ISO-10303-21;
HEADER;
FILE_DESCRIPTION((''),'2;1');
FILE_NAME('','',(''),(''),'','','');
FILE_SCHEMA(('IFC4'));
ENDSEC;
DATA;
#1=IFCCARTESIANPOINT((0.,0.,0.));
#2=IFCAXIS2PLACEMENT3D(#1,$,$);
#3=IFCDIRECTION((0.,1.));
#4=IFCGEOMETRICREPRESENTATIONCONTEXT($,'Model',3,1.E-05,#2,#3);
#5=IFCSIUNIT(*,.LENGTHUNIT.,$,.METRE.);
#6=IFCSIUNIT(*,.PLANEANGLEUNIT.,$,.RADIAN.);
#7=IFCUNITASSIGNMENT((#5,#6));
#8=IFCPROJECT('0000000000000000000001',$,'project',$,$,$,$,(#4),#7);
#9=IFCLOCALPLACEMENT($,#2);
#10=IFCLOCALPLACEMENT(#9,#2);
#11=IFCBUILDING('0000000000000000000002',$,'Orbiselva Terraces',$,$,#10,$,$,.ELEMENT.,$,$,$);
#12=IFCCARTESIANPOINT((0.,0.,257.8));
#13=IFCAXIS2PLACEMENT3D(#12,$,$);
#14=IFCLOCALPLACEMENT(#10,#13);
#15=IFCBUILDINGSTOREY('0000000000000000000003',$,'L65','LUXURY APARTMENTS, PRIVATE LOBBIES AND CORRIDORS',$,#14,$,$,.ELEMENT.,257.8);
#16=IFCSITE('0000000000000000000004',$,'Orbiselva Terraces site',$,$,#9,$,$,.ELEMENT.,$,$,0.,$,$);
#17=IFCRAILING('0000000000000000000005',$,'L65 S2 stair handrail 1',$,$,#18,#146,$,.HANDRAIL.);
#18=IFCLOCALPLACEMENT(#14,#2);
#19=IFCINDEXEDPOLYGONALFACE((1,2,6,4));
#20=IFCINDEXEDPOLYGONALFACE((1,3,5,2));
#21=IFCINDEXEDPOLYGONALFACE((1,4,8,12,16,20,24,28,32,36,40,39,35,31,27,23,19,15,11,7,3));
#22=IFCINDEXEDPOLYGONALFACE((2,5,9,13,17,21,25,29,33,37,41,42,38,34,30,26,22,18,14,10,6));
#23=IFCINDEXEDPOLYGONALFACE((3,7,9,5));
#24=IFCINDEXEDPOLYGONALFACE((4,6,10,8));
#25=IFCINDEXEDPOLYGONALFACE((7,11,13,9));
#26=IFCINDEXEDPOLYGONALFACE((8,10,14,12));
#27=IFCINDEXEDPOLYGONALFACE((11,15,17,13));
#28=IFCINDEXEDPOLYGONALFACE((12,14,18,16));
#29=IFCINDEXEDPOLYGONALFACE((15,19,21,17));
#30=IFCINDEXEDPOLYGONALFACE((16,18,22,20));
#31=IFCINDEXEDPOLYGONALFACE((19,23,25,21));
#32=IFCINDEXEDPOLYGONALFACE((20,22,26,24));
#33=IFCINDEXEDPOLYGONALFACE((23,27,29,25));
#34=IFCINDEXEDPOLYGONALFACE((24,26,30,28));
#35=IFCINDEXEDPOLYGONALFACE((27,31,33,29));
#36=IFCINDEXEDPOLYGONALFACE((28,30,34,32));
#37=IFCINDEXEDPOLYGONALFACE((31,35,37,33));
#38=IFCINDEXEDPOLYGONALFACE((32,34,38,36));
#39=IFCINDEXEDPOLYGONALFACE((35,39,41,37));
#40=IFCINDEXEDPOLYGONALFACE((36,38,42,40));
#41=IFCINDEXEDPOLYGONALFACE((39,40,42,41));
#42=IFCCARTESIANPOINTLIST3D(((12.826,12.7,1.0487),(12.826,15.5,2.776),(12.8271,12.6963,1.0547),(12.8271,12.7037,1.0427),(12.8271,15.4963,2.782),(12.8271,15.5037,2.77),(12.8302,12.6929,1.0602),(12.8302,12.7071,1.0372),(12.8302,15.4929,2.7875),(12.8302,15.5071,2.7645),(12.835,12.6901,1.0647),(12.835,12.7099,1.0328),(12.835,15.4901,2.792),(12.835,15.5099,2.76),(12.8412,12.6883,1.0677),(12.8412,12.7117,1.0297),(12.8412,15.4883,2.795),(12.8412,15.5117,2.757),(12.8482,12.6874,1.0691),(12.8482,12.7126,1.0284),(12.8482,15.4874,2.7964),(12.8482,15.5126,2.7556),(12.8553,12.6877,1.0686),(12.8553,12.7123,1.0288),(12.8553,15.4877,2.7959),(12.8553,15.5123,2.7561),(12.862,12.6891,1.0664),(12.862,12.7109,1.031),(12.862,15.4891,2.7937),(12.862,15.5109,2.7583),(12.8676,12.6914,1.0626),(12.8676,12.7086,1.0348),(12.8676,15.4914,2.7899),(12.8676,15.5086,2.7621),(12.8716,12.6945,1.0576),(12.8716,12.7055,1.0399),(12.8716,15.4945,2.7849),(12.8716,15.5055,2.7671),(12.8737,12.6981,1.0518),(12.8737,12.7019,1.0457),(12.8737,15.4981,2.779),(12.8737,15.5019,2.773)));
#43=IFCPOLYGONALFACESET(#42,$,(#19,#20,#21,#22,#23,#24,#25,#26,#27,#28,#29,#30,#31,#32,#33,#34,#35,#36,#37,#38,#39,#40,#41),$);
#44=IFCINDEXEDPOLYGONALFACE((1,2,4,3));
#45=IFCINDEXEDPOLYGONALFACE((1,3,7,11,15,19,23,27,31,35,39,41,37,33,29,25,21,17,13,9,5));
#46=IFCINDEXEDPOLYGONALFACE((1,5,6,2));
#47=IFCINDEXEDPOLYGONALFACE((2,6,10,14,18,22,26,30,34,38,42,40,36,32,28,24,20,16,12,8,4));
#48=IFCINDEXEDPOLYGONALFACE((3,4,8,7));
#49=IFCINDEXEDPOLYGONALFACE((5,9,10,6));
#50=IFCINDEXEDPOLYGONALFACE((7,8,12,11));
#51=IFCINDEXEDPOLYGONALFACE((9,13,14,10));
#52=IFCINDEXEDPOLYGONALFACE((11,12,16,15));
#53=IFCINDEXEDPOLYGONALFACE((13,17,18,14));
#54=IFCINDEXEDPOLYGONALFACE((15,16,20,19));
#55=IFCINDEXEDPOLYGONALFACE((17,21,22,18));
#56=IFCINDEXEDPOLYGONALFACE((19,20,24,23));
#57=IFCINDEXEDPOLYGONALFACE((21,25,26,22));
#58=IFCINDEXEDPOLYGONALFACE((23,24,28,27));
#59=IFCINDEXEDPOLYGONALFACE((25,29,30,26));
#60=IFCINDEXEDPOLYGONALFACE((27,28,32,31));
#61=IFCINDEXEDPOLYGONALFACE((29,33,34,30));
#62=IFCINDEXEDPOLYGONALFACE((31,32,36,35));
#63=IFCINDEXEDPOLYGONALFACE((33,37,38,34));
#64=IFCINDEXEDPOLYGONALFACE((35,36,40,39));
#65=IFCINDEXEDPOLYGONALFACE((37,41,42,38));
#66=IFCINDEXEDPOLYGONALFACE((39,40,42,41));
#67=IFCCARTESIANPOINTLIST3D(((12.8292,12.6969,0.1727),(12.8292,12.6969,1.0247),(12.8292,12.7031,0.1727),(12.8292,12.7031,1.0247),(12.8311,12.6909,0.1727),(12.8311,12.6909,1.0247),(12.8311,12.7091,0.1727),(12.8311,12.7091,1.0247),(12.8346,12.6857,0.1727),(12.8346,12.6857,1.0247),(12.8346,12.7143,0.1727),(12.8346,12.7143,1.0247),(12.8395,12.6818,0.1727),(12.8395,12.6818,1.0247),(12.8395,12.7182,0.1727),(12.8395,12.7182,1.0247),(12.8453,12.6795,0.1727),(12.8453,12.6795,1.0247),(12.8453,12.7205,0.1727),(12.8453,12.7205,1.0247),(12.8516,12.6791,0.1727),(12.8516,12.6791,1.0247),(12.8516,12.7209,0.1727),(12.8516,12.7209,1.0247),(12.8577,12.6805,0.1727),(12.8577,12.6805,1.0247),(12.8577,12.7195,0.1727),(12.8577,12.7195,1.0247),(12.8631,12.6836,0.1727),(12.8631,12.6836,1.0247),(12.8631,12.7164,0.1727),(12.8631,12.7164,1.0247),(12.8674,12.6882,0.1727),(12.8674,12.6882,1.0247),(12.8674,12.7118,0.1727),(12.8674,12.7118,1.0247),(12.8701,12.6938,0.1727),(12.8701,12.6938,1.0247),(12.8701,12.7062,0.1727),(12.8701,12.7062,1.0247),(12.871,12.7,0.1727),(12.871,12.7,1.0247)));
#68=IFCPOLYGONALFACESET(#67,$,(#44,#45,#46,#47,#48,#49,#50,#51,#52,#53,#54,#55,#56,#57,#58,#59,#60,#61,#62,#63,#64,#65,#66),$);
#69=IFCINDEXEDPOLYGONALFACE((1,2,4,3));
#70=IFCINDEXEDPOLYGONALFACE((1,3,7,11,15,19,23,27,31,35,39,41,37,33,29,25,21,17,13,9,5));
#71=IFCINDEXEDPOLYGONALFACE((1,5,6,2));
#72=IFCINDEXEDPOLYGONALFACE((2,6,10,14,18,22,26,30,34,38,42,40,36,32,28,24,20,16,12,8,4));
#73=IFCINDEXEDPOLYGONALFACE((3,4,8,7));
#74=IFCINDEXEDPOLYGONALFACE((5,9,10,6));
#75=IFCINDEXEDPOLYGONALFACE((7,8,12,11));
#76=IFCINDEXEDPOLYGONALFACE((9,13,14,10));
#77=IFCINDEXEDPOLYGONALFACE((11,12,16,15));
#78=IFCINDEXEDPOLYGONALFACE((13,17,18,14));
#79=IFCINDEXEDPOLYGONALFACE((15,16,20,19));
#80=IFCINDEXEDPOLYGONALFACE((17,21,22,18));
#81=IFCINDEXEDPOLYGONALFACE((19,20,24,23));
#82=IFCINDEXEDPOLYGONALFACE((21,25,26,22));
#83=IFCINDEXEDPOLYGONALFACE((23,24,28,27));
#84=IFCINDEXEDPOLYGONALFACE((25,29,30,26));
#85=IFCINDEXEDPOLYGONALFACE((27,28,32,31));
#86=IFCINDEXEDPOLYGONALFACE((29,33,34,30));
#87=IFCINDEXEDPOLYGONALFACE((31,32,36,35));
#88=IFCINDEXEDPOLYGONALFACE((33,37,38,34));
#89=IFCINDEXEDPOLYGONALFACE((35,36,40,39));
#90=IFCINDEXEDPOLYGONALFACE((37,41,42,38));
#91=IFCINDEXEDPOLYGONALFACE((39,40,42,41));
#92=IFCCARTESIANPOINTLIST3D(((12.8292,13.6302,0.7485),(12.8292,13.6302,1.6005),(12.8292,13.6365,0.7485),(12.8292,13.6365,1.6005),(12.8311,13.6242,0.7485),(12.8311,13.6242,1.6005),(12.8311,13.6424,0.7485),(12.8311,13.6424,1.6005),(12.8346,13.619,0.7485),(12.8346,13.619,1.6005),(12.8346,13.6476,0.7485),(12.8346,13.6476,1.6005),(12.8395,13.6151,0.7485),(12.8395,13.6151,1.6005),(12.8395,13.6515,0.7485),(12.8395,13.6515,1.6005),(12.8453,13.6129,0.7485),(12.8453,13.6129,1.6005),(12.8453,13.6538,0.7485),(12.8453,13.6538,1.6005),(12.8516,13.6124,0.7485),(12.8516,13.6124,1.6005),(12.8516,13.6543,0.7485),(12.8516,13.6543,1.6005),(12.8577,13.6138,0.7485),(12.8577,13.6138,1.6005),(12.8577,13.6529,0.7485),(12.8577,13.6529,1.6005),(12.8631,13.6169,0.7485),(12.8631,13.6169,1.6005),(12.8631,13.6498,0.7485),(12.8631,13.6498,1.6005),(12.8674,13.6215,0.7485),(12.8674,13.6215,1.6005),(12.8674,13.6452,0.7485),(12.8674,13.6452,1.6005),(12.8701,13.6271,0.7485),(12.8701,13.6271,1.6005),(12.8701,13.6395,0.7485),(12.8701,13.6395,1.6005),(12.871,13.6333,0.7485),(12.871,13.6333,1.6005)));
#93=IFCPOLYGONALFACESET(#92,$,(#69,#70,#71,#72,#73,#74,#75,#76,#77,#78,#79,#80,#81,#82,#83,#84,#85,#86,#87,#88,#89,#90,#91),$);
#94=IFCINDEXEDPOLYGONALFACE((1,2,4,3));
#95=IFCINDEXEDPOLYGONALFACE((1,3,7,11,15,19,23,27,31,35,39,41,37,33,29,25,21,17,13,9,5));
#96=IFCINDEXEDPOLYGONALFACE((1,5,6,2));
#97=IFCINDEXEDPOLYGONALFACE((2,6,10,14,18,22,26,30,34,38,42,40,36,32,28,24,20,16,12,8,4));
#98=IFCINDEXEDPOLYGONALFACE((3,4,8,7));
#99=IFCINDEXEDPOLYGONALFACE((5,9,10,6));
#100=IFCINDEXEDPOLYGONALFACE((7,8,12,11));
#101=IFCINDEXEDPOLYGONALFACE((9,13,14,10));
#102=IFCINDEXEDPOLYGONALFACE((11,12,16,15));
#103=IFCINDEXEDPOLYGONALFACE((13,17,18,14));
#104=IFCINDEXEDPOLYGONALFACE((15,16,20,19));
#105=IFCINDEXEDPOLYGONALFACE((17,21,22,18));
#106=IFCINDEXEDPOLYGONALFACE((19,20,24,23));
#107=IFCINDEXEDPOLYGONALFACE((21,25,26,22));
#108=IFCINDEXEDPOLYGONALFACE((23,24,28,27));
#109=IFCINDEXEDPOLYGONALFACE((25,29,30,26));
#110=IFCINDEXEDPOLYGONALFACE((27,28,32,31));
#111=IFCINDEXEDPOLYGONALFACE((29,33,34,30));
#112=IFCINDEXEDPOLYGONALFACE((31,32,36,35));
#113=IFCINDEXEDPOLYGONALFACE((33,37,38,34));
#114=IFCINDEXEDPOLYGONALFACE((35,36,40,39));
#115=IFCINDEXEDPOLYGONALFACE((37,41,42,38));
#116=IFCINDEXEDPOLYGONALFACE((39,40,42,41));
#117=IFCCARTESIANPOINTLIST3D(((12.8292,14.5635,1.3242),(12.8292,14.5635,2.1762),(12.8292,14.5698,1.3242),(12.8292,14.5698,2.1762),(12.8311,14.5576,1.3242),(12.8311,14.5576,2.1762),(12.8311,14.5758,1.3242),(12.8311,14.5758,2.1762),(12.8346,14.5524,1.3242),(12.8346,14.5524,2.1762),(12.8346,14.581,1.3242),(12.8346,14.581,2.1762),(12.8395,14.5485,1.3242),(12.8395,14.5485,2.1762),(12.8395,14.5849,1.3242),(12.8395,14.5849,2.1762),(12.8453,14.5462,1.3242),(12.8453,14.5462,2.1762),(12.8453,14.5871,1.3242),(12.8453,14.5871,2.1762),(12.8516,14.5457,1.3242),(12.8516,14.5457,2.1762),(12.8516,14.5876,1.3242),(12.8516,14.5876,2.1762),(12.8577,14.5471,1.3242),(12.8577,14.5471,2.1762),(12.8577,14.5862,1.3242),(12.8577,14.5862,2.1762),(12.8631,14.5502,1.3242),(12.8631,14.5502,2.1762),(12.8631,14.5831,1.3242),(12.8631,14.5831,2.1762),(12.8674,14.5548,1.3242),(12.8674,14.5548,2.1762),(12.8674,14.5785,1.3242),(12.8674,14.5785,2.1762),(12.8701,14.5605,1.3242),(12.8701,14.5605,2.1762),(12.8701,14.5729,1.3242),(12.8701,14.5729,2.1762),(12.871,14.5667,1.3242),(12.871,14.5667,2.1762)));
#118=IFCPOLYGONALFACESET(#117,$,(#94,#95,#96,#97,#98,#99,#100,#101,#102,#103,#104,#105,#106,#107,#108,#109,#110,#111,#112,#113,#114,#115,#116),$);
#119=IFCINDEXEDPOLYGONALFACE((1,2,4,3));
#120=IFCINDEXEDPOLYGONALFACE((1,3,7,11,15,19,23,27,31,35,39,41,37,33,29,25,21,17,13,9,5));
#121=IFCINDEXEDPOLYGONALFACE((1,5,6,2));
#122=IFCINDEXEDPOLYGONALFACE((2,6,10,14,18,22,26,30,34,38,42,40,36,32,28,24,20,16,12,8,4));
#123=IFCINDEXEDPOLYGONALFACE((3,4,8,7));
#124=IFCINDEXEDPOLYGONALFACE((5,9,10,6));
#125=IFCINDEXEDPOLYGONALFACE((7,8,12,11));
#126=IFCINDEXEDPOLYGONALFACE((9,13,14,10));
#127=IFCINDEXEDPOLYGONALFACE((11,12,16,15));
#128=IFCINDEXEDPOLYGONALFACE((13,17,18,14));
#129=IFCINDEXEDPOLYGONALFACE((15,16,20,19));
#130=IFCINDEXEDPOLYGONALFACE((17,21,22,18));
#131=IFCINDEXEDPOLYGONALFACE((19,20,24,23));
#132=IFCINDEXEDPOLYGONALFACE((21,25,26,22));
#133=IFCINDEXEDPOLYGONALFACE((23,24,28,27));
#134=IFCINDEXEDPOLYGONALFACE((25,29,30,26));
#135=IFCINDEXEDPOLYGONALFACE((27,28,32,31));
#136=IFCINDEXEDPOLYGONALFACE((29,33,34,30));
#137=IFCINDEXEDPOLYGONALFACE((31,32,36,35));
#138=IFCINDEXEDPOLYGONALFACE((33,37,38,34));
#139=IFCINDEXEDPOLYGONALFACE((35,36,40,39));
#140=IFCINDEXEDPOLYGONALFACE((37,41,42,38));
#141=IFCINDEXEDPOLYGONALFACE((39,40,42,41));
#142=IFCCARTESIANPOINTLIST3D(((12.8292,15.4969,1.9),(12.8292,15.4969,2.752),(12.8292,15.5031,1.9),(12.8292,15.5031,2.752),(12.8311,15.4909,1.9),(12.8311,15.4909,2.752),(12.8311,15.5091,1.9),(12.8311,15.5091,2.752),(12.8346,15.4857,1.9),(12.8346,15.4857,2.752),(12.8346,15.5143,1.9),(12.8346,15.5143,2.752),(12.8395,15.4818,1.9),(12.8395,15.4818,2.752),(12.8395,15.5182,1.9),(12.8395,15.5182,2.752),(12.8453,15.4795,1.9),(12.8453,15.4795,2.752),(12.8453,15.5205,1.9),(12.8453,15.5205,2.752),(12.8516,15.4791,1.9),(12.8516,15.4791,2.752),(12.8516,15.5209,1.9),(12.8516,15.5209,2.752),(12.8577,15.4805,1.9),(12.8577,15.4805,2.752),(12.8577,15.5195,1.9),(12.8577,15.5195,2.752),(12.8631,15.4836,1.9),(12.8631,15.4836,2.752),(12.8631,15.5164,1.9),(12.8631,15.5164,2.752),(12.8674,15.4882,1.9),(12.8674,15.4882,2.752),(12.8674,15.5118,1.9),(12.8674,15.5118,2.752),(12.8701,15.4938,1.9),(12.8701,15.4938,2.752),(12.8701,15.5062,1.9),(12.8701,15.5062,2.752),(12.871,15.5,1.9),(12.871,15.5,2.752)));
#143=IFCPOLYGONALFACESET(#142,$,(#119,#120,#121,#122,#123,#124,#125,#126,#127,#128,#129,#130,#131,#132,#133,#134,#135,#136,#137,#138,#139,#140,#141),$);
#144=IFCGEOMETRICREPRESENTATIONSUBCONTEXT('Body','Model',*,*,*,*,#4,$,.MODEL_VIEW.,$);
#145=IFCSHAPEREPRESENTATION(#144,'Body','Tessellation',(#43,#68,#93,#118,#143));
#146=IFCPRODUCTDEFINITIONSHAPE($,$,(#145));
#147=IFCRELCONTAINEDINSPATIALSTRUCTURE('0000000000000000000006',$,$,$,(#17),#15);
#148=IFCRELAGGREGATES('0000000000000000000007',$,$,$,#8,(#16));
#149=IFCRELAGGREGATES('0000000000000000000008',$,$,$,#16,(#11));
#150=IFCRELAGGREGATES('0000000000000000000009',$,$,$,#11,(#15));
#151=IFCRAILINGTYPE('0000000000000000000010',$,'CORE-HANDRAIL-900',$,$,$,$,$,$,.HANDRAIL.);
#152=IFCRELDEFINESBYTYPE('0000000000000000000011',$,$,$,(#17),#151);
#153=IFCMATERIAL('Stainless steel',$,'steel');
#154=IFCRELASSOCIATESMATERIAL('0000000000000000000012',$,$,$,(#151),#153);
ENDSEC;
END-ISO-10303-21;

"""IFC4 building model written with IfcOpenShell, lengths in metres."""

from ifc_helpers import new_model, si_unit, direction, frame, origin, origin_2d, place, context, subcontext, project, spatial, circle, extrude, material, type_object, element, save


model = new_model("IFC4")

# Units and contexts
model_context = context("Model", 3, precision=1e-05, world=origin(), true_north=direction((0.0, 1.0)))
body_context = subcontext(model_context, "Body", "Model", "MODEL_VIEW")
ifc_project = project(units=[si_unit("LENGTHUNIT", "METRE"), si_unit("PLANEANGLEUNIT", "RADIAN")], contexts=[model_context])

# Site, building, storey
site_placement = place(None, origin())
site = spatial("IfcSite", under=ifc_project, at=site_placement, Name="Orbiselva Terraces site", CompositionType="ELEMENT", RefElevation=0.0)
building_placement = place(site_placement, origin())
building = spatial("IfcBuilding", under=site, at=building_placement, Name="Orbiselva Terraces", CompositionType="ELEMENT")
storey_placement = place(building_placement, frame((0.0, 0.0, 257.8)))
storey = spatial("IfcBuildingStorey", under=building, at=storey_placement, Name="L65", Description="LUXURY APARTMENTS, PRIVATE LOBBIES AND CORRIDORS", CompositionType="ELEMENT", Elevation=257.8)

# Railing
ifc_material_1 = material(Name="Stainless steel", Category="steel")
railing_type = type_object("IfcRailingType", Name="CORE-HANDRAIL-900", PredefinedType="HANDRAIL", material=ifc_material_1)
railing_placement = place(storey_placement, frame((12.85, 12.7, 0.1727)))
element("IfcRailing", 1, at=railing_placement, inside=storey, type_object=railing_type, Name="L65 S2 stair handrail 1", PredefinedType="HANDRAIL", context=body_context, shape_type="SweptSolid", body=[
    extrude(circle(Radius=0.024, at=origin_2d()), frame((0.0, 0.0, 0.876), z_axis=(0.0, 0.851089, 0.525022), x_axis=(-1.0, 0.0, 0.0)), (0.0, 0.0, 1.0), 3.2899),
    extrude(circle(Radius=0.021, at=origin_2d()), origin(), (0.0, 0.0, 1.0), 0.852),
    extrude(circle(Radius=0.021, at=origin_2d()), frame((0.0, 0.9333, 0.5758)), (0.0, 0.0, 1.0), 0.852),
    extrude(circle(Radius=0.021, at=origin_2d()), frame((0.0, 1.8667, 1.1515)), (0.0, 0.0, 1.0), 0.852),
    extrude(circle(Radius=0.021, at=origin_2d()), frame((0.0, 2.8, 1.7273)), (0.0, 0.0, 1.0), 0.852),
])

save(model, "model.ifc")
